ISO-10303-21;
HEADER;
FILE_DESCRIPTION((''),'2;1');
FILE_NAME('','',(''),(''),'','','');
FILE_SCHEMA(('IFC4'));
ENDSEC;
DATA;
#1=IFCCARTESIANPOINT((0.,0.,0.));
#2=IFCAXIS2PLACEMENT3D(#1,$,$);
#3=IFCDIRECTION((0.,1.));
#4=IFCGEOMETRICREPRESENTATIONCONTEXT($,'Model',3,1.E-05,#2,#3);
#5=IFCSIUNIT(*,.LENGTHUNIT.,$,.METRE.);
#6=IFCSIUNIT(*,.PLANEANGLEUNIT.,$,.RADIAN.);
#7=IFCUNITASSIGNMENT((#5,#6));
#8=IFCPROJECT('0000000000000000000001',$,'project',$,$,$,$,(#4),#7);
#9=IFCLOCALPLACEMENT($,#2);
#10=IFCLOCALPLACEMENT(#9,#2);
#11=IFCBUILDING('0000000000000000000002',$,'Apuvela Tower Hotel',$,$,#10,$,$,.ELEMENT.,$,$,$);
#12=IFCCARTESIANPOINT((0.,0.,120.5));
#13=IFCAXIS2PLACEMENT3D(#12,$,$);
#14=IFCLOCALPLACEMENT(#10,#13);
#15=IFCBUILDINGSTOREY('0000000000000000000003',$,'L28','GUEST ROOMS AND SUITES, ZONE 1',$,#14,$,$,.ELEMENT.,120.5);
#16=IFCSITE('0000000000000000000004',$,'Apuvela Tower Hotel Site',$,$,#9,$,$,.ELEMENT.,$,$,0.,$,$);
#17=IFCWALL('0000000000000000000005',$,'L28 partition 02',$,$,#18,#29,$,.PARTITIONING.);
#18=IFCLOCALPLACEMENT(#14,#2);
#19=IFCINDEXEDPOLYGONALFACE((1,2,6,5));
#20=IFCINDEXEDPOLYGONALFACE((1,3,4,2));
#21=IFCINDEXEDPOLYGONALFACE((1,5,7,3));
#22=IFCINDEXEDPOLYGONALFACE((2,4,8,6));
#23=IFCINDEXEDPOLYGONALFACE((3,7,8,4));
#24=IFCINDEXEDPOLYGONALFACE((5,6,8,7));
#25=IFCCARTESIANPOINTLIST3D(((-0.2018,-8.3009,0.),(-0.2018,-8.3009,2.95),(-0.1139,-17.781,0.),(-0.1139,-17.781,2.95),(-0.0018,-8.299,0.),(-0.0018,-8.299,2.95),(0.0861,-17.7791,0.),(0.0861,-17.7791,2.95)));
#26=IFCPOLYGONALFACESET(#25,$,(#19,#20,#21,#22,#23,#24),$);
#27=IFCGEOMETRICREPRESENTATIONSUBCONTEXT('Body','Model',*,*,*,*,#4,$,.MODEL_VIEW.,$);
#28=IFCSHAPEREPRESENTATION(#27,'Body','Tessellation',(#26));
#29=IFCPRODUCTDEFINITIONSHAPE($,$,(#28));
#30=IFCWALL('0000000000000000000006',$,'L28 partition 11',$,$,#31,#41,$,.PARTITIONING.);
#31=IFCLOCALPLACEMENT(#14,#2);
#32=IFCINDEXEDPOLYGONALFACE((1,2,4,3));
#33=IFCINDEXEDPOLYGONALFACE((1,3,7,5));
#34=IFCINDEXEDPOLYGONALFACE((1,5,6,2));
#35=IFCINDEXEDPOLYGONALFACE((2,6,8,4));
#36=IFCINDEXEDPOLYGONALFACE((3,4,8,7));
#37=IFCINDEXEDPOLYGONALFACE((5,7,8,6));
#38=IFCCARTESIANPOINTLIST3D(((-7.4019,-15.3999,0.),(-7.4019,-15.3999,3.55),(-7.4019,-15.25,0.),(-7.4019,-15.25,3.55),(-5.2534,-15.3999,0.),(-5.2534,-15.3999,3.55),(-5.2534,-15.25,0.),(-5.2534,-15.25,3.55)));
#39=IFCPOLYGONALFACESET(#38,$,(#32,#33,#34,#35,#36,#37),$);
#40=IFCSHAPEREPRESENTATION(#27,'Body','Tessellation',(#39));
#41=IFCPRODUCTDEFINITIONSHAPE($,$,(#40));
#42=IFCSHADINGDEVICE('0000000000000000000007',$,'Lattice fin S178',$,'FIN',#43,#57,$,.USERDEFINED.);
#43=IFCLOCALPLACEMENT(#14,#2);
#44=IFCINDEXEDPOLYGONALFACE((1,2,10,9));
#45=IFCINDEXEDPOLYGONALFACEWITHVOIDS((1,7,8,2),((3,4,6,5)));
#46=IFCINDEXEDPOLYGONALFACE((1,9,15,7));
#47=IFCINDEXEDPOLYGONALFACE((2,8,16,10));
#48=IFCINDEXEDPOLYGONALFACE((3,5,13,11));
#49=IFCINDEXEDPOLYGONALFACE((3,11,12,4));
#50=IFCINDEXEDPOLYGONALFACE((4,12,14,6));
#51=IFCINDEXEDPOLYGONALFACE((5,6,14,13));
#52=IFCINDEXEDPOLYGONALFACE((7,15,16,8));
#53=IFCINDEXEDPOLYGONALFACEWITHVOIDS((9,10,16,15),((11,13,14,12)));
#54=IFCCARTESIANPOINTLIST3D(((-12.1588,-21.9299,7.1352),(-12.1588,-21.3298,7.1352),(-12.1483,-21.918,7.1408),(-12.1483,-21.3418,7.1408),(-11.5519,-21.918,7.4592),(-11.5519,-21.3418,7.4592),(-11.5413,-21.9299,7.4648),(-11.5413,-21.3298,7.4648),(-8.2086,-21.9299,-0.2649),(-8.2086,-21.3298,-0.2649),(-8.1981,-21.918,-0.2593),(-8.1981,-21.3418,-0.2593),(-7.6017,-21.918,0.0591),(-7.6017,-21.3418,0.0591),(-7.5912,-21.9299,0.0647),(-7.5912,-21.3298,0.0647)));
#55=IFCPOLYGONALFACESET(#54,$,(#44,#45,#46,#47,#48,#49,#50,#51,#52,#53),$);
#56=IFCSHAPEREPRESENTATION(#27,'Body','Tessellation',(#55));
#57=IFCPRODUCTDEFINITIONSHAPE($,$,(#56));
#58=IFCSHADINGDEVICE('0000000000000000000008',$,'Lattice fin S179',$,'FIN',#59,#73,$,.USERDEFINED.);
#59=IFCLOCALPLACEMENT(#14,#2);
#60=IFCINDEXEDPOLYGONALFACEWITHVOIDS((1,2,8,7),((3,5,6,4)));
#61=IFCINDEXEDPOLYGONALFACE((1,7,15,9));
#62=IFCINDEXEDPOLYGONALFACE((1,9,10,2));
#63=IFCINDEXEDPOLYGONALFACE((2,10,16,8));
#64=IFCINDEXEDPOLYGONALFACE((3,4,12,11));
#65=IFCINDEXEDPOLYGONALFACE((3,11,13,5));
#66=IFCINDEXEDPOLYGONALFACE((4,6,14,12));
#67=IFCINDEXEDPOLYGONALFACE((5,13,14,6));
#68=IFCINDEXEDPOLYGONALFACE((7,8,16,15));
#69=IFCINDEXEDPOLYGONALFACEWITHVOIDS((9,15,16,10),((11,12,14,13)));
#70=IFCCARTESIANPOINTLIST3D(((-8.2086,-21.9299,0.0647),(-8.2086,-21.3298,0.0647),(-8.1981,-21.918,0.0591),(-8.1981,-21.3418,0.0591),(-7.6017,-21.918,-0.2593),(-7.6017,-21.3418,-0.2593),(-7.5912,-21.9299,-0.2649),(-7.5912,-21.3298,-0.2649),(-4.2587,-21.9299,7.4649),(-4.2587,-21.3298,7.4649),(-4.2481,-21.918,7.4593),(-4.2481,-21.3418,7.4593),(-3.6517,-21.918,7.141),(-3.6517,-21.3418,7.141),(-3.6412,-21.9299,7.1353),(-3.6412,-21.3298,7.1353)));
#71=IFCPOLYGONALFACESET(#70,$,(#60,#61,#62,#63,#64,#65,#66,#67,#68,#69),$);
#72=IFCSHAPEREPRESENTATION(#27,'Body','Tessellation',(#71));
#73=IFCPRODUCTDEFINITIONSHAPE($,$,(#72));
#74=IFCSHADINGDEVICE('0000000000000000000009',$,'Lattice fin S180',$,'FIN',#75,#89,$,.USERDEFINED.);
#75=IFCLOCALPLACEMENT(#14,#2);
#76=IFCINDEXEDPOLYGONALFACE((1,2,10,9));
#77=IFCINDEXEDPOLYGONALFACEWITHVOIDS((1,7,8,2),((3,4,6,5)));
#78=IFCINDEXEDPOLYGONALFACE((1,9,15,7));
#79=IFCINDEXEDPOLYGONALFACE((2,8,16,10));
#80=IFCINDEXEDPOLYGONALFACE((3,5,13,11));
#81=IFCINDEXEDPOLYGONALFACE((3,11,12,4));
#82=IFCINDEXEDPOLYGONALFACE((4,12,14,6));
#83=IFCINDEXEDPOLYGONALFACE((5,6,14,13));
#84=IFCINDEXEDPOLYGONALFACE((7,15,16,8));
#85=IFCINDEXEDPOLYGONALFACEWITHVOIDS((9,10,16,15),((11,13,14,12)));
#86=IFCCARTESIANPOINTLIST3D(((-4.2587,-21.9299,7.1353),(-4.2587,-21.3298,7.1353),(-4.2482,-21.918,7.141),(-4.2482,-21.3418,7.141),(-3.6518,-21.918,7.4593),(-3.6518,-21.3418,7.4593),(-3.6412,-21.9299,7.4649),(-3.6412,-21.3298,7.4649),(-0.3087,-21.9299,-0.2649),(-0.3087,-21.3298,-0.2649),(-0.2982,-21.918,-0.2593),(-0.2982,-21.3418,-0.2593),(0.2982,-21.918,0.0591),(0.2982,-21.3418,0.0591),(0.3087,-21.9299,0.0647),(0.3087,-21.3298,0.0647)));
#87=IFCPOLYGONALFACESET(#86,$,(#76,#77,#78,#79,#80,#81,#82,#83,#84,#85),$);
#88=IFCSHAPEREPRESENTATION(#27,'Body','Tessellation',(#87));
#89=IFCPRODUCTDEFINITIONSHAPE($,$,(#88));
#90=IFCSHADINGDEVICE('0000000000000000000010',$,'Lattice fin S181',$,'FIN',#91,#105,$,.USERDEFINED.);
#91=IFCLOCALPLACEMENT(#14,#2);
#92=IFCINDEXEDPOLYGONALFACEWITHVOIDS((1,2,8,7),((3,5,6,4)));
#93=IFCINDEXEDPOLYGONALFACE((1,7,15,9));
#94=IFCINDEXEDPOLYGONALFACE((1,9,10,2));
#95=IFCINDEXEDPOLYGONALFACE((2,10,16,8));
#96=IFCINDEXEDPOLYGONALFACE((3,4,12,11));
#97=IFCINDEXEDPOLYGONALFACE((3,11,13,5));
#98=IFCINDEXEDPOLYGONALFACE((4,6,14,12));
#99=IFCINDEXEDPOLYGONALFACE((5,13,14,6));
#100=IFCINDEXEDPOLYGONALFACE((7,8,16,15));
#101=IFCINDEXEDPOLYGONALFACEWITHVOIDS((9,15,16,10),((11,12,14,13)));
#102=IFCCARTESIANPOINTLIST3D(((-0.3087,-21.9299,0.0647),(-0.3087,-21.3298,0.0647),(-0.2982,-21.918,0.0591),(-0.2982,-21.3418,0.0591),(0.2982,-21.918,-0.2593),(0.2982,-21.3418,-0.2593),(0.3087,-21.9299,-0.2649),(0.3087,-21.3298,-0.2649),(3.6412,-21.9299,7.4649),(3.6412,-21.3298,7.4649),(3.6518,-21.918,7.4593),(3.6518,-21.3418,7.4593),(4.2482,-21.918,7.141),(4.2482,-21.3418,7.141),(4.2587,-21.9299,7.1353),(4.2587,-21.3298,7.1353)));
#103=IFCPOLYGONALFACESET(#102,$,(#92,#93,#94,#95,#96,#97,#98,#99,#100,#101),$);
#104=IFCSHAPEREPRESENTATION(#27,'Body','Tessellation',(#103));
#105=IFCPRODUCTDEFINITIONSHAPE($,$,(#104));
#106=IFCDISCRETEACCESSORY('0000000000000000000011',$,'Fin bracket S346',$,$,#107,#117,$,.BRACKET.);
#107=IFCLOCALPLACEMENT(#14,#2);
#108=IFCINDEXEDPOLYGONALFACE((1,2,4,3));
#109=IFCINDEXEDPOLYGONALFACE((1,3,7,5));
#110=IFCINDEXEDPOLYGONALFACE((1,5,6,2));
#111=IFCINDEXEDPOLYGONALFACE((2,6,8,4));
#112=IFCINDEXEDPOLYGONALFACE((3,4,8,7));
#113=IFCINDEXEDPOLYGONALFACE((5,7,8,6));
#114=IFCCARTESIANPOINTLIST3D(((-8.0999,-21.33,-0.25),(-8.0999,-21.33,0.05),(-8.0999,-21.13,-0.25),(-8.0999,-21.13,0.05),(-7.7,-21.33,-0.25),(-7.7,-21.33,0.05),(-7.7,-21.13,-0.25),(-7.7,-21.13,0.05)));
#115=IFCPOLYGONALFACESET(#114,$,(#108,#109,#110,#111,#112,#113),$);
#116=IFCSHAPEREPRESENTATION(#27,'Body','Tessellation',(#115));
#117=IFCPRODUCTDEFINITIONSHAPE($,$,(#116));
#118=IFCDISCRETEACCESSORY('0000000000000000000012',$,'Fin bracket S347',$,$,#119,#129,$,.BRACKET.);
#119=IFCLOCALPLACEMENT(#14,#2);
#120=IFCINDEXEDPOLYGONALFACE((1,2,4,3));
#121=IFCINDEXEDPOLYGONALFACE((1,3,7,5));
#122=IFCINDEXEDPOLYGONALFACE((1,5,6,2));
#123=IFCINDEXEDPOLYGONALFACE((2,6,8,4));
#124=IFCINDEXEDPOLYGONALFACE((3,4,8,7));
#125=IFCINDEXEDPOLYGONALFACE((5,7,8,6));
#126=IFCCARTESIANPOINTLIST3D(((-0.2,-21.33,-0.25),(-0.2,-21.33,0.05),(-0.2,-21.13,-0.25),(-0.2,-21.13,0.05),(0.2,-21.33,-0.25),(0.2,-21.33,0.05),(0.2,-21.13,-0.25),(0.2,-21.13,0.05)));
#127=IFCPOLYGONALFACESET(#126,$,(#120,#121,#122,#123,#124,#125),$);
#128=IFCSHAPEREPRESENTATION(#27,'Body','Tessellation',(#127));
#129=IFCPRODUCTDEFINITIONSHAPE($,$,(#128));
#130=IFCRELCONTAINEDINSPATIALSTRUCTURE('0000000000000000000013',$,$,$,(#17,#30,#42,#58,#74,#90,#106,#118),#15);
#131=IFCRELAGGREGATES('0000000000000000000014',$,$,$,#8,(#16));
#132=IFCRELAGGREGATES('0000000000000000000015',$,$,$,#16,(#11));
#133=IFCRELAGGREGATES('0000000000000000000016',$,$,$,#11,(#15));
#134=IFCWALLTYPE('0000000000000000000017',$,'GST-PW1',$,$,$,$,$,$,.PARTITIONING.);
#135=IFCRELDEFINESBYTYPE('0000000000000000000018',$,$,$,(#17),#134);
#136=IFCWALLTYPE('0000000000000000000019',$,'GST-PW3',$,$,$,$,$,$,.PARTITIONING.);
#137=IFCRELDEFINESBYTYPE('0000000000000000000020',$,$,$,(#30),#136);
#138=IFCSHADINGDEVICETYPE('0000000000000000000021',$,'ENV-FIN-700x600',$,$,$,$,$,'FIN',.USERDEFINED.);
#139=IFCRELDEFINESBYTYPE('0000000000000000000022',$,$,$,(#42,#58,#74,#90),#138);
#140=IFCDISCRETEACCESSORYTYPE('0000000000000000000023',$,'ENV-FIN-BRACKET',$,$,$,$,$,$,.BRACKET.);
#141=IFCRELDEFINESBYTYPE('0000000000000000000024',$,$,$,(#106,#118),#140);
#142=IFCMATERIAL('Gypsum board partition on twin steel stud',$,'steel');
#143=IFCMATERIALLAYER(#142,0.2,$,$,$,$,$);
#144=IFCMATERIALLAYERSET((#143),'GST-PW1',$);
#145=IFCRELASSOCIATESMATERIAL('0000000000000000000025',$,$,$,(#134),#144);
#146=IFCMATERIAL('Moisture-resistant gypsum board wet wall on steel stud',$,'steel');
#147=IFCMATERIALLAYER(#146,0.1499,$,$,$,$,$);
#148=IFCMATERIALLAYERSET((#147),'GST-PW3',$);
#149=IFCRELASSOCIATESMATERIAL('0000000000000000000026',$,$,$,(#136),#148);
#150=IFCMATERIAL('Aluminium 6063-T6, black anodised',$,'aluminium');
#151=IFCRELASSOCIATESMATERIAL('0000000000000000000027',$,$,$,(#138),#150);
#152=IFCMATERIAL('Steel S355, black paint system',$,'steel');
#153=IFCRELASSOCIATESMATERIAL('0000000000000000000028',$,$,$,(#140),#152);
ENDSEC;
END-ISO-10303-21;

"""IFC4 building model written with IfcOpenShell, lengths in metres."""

from ifc_helpers import new_model, si_unit, direction, frame, frame_2d, origin, origin_2d, place, context, subcontext, project, spatial, rectangle, hollow_rectangle, extrude, material, layer, layer_set, material_profile, profile_set, type_object, element, save


model = new_model("IFC4")

# Units and contexts
model_context = context("Model", 3, precision=1e-05, world=origin(), true_north=direction((0.0, 1.0)))
body_context = subcontext(model_context, "Body", "Model", "MODEL_VIEW")
ifc_project = project(units=[si_unit("LENGTHUNIT", "METRE"), si_unit("PLANEANGLEUNIT", "RADIAN")], contexts=[model_context])

# Site, building, storey
site_placement = place(None, origin())
site = spatial("IfcSite", under=ifc_project, at=site_placement, Name="Apuvela Tower Hotel Site", CompositionType="ELEMENT", RefElevation=0.0)
building_placement = place(site_placement, origin())
building = spatial("IfcBuilding", under=site, at=building_placement, Name="Apuvela Tower Hotel", CompositionType="ELEMENT")
storey_placement = place(building_placement, frame((0.0, 0.0, 120.5)))
storey = spatial("IfcBuildingStorey", under=building, at=storey_placement, Name="L28", Description="GUEST ROOMS AND SUITES, ZONE 1", CompositionType="ELEMENT", Elevation=120.5)

# Walls
ifc_material_1 = material(Name="Gypsum board partition on twin steel stud", Category="steel")
ifc_layer_1 = layer(ifc_material_1, 0.2)
ifc_layer_set_1 = layer_set([ifc_layer_1], Name="GST-PW1")
wall_type_1 = type_object("IfcWallType", Name="GST-PW1", PredefinedType="PARTITIONING", material=ifc_layer_set_1)
wall_1_placement = place(storey_placement, frame((-0.0139, -17.78, 0.0), z_axis=(0.0, 0.0, 1.0), x_axis=(-0.009271, 0.999957, 0.0)))
element("IfcWall", 1, at=wall_1_placement, inside=storey, type_object=wall_type_1, Name="L28 partition 02", PredefinedType="PARTITIONING", context=body_context, shape_type="SweptSolid", body=[
    extrude(rectangle(XDim=9.4805, YDim=0.2, at=frame_2d((4.7402, 0.0))), origin(), (0.0, 0.0, 1.0), 2.95),
])
ifc_material_2 = material(Name="Moisture-resistant gypsum board wet wall on steel stud", Category="steel")
ifc_layer_2 = layer(ifc_material_2, 0.1499)
ifc_layer_set_2 = layer_set([ifc_layer_2], Name="GST-PW3")
wall_type_2 = type_object("IfcWallType", Name="GST-PW3", PredefinedType="PARTITIONING", material=ifc_layer_set_2)
wall_2_placement = place(storey_placement, frame((-7.4019, -15.325, 0.0), z_axis=(0.0, 0.0, 1.0), x_axis=(1.0, 0.0, 0.0)))
element("IfcWall", 2, at=wall_2_placement, inside=storey, type_object=wall_type_2, Name="L28 partition 11", PredefinedType="PARTITIONING", context=body_context, shape_type="SweptSolid", body=[
    extrude(rectangle(XDim=2.1484, YDim=0.1499, at=frame_2d((1.0742, 0.0))), origin(), (0.0, 0.0, 1.0), 3.55),
])

# Shading devices
ifc_material_3 = material(Name="Aluminium 6063-T6, black anodised", Category="aluminium")
ifc_material_profile_1 = material_profile(ifc_material_3, hollow_rectangle(XDim=0.6001, YDim=0.7, WallThickness=0.012, at=origin_2d()), Name="AL BOX 700x600x12")
ifc_profile_set_1 = profile_set([ifc_material_profile_1], Name="Aluminium 6063-T6, black anodised")
shading_device_type = type_object("IfcShadingDeviceType", Name="ENV-FIN-700x600", ElementType="FIN", PredefinedType="USERDEFINED", material=ifc_profile_set_1)
for number, where, z_axis, x_axis, name in (
    (3, (-7.8999, -21.6299, -0.1001), (-0.470908, 0.0, 0.882182), (0.0, -1.0, 0.0), "Lattice fin S178"),
    (4, (-7.8999, -21.6299, -0.1001), (0.470886, 0.0, 0.882194), (0.0, 1.0, 0.0), "Lattice fin S179"),
    (5, (0.0, -21.6299, -0.1001), (-0.470886, 0.0, 0.882194), (0.0, -1.0, 0.0), "Lattice fin S180"),
    (6, (0.0, -21.6299, -0.1001), (0.470886, 0.0, 0.882194), (0.0, 1.0, 0.0), "Lattice fin S181"),
):
    element("IfcShadingDevice", number, at=place(storey_placement, frame(where, z_axis=z_axis, x_axis=x_axis)), inside=storey, type_object=shading_device_type, Name=name, ObjectType="FIN", PredefinedType="USERDEFINED", context=body_context, shape_type="SweptSolid", body=[
        extrude(hollow_rectangle(XDim=0.6001, YDim=0.7, WallThickness=0.012, at=origin_2d()), origin(), (0.0, 0.0, 1.0), 8.3884),
    ])

# Discrete accessories
ifc_material_4 = material(Name="Steel S355, black paint system", Category="steel")
discrete_accessory_type = type_object("IfcDiscreteAccessoryType", Name="ENV-FIN-BRACKET", PredefinedType="BRACKET", material=ifc_material_4)
for number, where, z_axis, x_axis, name in (
    (7, (-7.8999, -21.23, -0.25), (0.0, 0.0, 1.0), (1.0, 0.0, 0.0), "Fin bracket S346"),
    (8, (0.0, -21.23, -0.25), (0.0, 0.0, 1.0), (1.0, 0.0, 0.0), "Fin bracket S347"),
):
    element("IfcDiscreteAccessory", number, at=place(storey_placement, frame(where, z_axis=z_axis, x_axis=x_axis)), inside=storey, type_object=discrete_accessory_type, Name=name, PredefinedType="BRACKET", context=body_context, shape_type="SweptSolid", body=[
        extrude(rectangle(XDim=0.3999, YDim=0.2, at=origin_2d()), origin(), (0.0, 0.0, 1.0), 0.3),
    ])

save(model, "model.ifc")
